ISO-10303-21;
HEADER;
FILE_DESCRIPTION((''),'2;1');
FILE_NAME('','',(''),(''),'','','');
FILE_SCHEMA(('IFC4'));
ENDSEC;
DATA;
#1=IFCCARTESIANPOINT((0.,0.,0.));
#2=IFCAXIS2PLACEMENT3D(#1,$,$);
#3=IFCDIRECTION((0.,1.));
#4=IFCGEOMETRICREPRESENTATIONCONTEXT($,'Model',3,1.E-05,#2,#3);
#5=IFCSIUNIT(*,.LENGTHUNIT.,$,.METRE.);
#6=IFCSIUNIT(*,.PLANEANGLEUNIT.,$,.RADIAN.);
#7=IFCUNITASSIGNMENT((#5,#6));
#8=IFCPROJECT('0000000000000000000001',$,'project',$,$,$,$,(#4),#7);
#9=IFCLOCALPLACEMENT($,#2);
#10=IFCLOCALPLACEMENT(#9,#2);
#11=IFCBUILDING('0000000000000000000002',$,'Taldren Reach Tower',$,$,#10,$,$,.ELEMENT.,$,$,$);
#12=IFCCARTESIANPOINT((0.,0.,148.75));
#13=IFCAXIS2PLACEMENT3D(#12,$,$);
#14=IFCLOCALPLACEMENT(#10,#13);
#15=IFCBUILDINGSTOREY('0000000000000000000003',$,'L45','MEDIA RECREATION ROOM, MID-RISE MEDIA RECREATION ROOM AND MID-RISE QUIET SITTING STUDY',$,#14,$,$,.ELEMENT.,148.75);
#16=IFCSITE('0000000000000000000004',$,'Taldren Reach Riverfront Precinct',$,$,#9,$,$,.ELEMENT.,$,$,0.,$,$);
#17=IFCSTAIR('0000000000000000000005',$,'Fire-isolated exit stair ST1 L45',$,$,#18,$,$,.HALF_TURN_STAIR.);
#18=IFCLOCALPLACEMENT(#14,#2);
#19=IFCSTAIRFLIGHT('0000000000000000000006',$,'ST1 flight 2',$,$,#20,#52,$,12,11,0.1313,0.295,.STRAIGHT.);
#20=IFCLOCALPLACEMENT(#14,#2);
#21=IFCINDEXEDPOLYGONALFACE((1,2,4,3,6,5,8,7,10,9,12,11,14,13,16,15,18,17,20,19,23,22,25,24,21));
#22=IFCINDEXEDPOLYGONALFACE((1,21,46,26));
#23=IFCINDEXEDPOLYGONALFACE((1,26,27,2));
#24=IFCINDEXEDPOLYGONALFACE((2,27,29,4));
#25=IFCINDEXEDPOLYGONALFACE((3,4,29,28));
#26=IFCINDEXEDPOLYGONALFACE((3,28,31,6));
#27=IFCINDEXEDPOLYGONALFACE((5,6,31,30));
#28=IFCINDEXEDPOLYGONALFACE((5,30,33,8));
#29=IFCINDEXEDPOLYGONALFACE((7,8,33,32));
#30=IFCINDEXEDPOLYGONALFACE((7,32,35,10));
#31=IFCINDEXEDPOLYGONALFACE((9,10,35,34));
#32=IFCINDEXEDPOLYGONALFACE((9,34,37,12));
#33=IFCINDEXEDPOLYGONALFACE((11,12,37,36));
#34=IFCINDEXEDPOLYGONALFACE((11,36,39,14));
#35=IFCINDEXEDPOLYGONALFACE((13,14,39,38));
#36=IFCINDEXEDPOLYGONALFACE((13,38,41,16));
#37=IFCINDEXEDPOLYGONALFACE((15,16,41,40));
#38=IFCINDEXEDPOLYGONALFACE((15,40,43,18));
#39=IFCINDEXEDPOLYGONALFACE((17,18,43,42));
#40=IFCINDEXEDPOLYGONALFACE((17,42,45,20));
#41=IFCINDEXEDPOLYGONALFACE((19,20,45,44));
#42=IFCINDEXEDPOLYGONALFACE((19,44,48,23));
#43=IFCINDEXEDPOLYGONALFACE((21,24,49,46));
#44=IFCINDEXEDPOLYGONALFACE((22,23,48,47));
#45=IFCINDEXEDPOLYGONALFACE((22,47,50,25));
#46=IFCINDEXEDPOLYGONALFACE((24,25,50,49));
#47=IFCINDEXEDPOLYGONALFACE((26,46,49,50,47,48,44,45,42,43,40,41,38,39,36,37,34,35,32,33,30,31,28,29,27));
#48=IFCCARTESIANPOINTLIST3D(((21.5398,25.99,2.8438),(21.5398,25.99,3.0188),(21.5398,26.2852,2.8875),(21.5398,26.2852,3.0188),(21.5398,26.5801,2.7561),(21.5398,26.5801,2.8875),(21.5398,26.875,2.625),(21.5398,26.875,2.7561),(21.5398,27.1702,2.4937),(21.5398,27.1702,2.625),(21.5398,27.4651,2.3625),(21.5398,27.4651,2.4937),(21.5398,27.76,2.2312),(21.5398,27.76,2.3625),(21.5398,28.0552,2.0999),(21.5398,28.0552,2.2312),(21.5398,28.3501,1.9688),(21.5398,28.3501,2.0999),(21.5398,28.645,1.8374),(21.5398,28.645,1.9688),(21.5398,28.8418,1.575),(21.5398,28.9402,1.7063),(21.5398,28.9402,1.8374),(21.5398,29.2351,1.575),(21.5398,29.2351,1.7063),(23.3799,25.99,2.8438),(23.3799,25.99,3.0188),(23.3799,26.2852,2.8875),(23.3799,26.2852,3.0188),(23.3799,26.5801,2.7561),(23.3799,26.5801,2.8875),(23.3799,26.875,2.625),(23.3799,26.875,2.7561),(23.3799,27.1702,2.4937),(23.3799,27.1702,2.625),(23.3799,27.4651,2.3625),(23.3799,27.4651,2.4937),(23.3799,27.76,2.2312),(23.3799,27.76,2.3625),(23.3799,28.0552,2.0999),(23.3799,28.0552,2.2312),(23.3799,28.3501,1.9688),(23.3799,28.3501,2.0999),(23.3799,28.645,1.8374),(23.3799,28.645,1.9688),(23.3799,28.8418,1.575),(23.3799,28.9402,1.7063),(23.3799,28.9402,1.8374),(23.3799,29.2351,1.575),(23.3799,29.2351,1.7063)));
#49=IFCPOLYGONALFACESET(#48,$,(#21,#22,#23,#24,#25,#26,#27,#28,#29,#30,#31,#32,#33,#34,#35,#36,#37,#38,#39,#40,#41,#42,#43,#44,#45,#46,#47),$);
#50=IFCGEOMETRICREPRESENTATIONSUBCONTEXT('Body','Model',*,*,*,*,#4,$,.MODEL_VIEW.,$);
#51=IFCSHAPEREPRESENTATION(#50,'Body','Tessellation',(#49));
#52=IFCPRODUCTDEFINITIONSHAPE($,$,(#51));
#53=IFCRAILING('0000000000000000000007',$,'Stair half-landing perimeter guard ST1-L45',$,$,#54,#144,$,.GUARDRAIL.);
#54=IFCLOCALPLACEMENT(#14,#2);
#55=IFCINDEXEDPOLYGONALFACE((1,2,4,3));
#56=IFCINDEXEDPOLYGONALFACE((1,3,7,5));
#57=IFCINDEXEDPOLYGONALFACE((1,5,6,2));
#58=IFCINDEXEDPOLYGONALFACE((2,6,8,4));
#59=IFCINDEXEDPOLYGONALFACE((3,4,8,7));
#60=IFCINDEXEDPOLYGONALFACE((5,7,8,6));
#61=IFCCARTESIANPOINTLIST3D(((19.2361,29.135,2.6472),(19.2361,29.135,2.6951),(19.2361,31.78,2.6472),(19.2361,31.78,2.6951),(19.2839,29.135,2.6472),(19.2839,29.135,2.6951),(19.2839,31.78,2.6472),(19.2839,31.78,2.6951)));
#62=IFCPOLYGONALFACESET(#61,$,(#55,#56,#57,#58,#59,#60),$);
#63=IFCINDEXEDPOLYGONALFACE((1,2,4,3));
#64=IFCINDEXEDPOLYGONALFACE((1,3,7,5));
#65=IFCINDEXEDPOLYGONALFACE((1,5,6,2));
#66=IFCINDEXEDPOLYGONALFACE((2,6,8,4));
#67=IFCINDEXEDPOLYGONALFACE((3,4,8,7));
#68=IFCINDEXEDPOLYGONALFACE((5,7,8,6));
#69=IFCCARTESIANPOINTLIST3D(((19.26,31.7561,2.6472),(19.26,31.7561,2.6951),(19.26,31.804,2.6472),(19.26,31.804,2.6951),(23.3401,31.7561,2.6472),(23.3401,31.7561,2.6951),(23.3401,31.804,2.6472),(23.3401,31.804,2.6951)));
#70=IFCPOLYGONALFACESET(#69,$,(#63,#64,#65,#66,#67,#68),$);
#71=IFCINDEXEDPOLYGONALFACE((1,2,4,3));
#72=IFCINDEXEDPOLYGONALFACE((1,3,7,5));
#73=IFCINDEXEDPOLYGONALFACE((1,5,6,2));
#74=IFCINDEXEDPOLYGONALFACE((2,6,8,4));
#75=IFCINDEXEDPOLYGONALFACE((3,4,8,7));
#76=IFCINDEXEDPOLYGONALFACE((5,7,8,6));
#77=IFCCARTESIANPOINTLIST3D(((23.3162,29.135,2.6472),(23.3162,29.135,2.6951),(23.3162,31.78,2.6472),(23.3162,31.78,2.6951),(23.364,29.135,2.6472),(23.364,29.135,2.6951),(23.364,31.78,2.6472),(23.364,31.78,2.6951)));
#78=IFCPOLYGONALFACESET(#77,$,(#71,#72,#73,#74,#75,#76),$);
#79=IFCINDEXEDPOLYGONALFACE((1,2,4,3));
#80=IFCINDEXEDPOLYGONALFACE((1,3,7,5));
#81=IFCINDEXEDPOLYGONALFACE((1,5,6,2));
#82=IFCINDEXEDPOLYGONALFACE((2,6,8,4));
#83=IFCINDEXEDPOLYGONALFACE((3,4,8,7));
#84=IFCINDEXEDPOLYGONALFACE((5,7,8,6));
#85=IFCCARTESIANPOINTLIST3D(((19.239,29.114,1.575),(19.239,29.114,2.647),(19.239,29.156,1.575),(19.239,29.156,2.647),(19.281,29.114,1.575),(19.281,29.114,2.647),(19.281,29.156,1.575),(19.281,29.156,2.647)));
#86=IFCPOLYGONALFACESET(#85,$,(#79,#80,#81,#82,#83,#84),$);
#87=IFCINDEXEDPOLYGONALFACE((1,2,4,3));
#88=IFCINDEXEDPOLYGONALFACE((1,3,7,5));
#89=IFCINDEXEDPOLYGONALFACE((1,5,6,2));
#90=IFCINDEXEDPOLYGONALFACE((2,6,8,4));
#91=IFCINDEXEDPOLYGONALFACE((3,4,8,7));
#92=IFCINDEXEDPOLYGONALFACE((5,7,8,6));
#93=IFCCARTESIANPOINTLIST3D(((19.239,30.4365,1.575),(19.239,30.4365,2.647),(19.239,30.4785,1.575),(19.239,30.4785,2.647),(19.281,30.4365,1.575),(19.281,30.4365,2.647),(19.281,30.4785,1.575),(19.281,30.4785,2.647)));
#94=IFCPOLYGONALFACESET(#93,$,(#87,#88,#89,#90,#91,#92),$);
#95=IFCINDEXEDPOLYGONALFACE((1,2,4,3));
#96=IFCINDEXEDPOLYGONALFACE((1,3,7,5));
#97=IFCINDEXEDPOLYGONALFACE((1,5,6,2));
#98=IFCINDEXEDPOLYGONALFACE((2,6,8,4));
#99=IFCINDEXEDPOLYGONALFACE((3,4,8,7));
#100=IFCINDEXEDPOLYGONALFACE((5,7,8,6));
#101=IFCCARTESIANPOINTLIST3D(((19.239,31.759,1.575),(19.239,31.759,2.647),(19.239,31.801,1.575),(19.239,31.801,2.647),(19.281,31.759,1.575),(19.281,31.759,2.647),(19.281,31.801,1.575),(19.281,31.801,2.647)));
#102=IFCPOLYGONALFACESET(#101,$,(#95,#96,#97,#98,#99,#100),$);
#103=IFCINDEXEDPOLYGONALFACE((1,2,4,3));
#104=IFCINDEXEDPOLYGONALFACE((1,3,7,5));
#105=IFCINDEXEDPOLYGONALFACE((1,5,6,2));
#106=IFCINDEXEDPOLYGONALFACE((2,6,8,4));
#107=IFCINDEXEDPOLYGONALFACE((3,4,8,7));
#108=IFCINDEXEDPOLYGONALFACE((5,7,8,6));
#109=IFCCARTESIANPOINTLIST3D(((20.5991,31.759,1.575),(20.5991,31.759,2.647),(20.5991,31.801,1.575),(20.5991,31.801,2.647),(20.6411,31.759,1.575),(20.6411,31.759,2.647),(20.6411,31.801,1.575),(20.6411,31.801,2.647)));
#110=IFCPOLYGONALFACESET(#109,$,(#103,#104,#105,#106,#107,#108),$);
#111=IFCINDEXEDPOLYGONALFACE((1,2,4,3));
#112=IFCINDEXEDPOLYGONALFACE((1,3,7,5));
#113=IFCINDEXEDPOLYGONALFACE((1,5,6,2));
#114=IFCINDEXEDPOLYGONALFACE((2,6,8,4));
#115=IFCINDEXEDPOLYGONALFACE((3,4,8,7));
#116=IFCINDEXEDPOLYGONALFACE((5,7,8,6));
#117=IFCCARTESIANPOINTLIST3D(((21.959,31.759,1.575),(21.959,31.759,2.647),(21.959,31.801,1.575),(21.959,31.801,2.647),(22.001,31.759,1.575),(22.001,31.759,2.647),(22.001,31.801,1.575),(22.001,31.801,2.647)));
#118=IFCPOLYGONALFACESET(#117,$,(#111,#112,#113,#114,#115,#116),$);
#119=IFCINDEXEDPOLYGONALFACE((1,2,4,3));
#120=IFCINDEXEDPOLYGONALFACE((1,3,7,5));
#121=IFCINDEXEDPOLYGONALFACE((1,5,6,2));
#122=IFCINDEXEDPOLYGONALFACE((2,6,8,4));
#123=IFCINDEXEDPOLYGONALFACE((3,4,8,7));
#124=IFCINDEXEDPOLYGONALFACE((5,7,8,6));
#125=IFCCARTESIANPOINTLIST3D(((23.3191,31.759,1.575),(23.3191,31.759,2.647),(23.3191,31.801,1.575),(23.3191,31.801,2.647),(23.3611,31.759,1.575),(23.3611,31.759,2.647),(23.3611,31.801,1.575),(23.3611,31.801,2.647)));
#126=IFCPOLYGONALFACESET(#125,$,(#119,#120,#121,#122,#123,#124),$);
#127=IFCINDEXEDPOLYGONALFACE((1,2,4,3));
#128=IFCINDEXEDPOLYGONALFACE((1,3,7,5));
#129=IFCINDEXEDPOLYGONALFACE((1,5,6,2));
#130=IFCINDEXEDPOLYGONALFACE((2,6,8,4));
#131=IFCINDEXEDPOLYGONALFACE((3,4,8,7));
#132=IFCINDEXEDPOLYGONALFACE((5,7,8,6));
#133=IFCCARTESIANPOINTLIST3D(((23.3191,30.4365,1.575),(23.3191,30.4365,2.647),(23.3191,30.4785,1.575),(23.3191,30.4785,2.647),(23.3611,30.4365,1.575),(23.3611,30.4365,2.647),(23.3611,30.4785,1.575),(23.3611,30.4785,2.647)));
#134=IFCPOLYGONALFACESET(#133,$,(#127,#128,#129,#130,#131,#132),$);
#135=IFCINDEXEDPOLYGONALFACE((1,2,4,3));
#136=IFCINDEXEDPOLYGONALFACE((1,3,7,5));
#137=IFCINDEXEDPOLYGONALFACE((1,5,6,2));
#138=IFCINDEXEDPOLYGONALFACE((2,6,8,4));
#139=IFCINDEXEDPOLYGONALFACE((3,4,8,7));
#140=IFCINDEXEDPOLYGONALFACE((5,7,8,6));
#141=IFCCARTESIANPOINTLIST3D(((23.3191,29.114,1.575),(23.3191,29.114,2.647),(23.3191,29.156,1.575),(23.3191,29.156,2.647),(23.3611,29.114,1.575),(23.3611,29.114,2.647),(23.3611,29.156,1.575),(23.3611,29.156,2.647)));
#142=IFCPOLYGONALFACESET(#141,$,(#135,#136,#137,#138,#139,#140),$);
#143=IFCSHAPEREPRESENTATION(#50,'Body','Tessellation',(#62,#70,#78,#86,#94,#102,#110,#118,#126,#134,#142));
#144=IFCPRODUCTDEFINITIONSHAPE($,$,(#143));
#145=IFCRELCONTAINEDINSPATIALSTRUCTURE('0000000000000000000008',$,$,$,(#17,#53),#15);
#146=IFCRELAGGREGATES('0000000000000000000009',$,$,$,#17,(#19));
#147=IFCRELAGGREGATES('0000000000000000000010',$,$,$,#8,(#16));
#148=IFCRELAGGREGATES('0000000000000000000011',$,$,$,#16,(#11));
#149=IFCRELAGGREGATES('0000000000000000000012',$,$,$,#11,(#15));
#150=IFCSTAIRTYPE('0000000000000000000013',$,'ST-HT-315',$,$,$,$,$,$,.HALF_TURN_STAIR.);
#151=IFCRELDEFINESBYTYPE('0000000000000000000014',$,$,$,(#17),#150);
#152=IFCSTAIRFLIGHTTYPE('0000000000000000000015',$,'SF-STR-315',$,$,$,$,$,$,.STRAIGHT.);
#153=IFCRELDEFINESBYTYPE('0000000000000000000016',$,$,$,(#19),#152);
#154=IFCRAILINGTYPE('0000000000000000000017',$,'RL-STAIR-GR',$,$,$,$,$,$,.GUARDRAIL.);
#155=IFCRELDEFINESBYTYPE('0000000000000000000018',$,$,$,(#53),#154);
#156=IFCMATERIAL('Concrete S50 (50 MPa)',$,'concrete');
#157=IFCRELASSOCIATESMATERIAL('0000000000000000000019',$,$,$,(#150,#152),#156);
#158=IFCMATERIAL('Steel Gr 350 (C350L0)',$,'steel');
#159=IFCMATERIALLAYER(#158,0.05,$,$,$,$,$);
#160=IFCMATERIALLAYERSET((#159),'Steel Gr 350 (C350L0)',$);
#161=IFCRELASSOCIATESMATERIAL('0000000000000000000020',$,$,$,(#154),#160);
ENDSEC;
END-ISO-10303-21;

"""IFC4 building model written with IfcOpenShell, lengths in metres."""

from ifc_helpers import new_model, si_unit, direction, frame, origin, origin_2d, place, context, subcontext, project, spatial, polyline, rectangle, outline, extrude, material, layer, layer_set, type_object, element, aggregate, save


model = new_model("IFC4")

# Units and contexts
model_context = context("Model", 3, precision=1e-05, world=origin(), true_north=direction((0.0, 1.0)))
body_context = subcontext(model_context, "Body", "Model", "MODEL_VIEW")
ifc_project = project(units=[si_unit("LENGTHUNIT", "METRE"), si_unit("PLANEANGLEUNIT", "RADIAN")], contexts=[model_context])

# Site, building, storey
site_placement = place(None, origin())
site = spatial("IfcSite", under=ifc_project, at=site_placement, Name="Taldren Reach Riverfront Precinct", CompositionType="ELEMENT", RefElevation=0.0)
building_placement = place(site_placement, origin())
building = spatial("IfcBuilding", under=site, at=building_placement, Name="Taldren Reach Tower", CompositionType="ELEMENT")
storey_placement = place(building_placement, frame((0.0, 0.0, 148.75)))
storey = spatial("IfcBuildingStorey", under=building, at=storey_placement, Name="L45", Description="MEDIA RECREATION ROOM, MID-RISE MEDIA RECREATION ROOM AND MID-RISE QUIET SITTING STUDY", CompositionType="ELEMENT", Elevation=148.75)

# Shared definitions
ifc_material_1 = material(Name="Steel Gr 350 (C350L0)", Category="steel")

# Stair, stair flight
ifc_material_2 = material(Name="Concrete S50 (50 MPa)", Category="concrete")
stair_type = type_object("IfcStairType", Name="ST-HT-315", PredefinedType="HALF_TURN_STAIR", material=ifc_material_2)
stair_placement = place(storey_placement, origin())
stair = element("IfcStair", 1, at=stair_placement, inside=storey, type_object=stair_type, Name="Fire-isolated exit stair ST1 L45", PredefinedType="HALF_TURN_STAIR")
stair_flight_type = type_object("IfcStairFlightType", Name="SF-STR-315", PredefinedType="STRAIGHT", material=ifc_material_2)
stair_flight_1_placement = place(storey_placement, frame((22.46, 29.2351, 1.575), z_axis=(0.0, 0.0, 1.0), x_axis=(0.0, -1.0, 0.0)))
stair_flight_1 = element("IfcStairFlight", 2, at=stair_flight_1_placement, type_object=stair_flight_type, Name="ST1 flight 2", NumberOfRisers=12, NumberOfTreads=11, PredefinedType="STRAIGHT", RiserHeight=0.1313, TreadLength=0.295, context=body_context, shape_type="SweptSolid", body=[
    extrude(outline(polyline([(0.0, 0.0), (0.0, 0.1313), (0.2949, 0.1313), (0.2949, 0.2625), (0.5901, 0.2625), (0.5901, 0.3938), (0.885, 0.3938), (0.885, 0.5249), (1.1799, 0.5249), (1.1799, 0.6562), (1.4751, 0.6562), (1.4751, 0.7876), (1.77, 0.7876), (1.77, 0.9187), (2.0649, 0.9187), (2.0649, 1.05), (2.3601, 1.05), (2.3601, 1.1812), (2.655, 1.1812), (2.655, 1.3125), (2.95, 1.3125), (2.95, 1.4438), (3.2451, 1.4438), (3.2451, 1.575), (3.2451, 1.2688), (0.3933, 0.0), (0.0, 0.0)])), frame((0.0, 0.9199, 0.0), z_axis=(0.0, -1.0, 0.0), x_axis=(1.0, 0.0, 0.0)), (0.0, 0.0, 1.0), 1.8401),
])
aggregate(stair, [stair_flight_1])

# Railing
ifc_layer_1 = layer(ifc_material_1, 0.05)
ifc_layer_set_1 = layer_set([ifc_layer_1], Name="Steel Gr 350 (C350L0)")
railing_type_1 = type_object("IfcRailingType", Name="RL-STAIR-GR", PredefinedType="GUARDRAIL", material=ifc_layer_set_1)
railing_1_placement = place(storey_placement, frame((19.26, 29.135, 1.575)))
element("IfcRailing", 3, at=railing_1_placement, inside=storey, type_object=railing_type_1, Name="Stair half-landing perimeter guard ST1-L45", PredefinedType="GUARDRAIL", context=body_context, shape_type="SweptSolid", body=[
    extrude(rectangle(XDim=0.0479, YDim=0.0479, at=origin_2d()), frame((0.0, 0.0, 1.0962), z_axis=(0.0, 1.0, 0.0), x_axis=(-1.0, 0.0, 0.0)), (0.0, 0.0, 1.0), 2.645),
    extrude(rectangle(XDim=0.0479, YDim=0.0479, at=origin_2d()), frame((0.0, 2.645, 1.0962), z_axis=(1.0, 0.0, 0.0), x_axis=(0.0, 1.0, 0.0)), (0.0, 0.0, 1.0), 4.0801),
    extrude(rectangle(XDim=0.0479, YDim=0.0479, at=origin_2d()), frame((4.0801, 2.645, 1.0962), z_axis=(0.0, -1.0, 0.0), x_axis=(1.0, 0.0, 0.0)), (0.0, 0.0, 1.0), 2.645),
    extrude(rectangle(XDim=0.042, YDim=0.042, at=origin_2d()), origin(), (0.0, 0.0, 1.0), 1.072),
    extrude(rectangle(XDim=0.042, YDim=0.042, at=origin_2d()), frame((0.0, 1.3225, 0.0)), (0.0, 0.0, 1.0), 1.072),
    extrude(rectangle(XDim=0.042, YDim=0.042, at=origin_2d()), frame((0.0, 2.645, 0.0)), (0.0, 0.0, 1.0), 1.072),
    extrude(rectangle(XDim=0.042, YDim=0.042, at=origin_2d()), frame((1.3601, 2.645, 0.0)), (0.0, 0.0, 1.0), 1.072),
    extrude(rectangle(XDim=0.042, YDim=0.042, at=origin_2d()), frame((2.72, 2.645, 0.0)), (0.0, 0.0, 1.0), 1.072),
    extrude(rectangle(XDim=0.042, YDim=0.042, at=origin_2d()), frame((4.0801, 2.645, 0.0)), (0.0, 0.0, 1.0), 1.072),
    extrude(rectangle(XDim=0.042, YDim=0.042, at=origin_2d()), frame((4.0801, 1.3225, 0.0)), (0.0, 0.0, 1.0), 1.072),
    extrude(rectangle(XDim=0.042, YDim=0.042, at=origin_2d()), frame((4.0801, 0.0, 0.0)), (0.0, 0.0, 1.0), 1.072),
])

save(model, "model.ifc")
